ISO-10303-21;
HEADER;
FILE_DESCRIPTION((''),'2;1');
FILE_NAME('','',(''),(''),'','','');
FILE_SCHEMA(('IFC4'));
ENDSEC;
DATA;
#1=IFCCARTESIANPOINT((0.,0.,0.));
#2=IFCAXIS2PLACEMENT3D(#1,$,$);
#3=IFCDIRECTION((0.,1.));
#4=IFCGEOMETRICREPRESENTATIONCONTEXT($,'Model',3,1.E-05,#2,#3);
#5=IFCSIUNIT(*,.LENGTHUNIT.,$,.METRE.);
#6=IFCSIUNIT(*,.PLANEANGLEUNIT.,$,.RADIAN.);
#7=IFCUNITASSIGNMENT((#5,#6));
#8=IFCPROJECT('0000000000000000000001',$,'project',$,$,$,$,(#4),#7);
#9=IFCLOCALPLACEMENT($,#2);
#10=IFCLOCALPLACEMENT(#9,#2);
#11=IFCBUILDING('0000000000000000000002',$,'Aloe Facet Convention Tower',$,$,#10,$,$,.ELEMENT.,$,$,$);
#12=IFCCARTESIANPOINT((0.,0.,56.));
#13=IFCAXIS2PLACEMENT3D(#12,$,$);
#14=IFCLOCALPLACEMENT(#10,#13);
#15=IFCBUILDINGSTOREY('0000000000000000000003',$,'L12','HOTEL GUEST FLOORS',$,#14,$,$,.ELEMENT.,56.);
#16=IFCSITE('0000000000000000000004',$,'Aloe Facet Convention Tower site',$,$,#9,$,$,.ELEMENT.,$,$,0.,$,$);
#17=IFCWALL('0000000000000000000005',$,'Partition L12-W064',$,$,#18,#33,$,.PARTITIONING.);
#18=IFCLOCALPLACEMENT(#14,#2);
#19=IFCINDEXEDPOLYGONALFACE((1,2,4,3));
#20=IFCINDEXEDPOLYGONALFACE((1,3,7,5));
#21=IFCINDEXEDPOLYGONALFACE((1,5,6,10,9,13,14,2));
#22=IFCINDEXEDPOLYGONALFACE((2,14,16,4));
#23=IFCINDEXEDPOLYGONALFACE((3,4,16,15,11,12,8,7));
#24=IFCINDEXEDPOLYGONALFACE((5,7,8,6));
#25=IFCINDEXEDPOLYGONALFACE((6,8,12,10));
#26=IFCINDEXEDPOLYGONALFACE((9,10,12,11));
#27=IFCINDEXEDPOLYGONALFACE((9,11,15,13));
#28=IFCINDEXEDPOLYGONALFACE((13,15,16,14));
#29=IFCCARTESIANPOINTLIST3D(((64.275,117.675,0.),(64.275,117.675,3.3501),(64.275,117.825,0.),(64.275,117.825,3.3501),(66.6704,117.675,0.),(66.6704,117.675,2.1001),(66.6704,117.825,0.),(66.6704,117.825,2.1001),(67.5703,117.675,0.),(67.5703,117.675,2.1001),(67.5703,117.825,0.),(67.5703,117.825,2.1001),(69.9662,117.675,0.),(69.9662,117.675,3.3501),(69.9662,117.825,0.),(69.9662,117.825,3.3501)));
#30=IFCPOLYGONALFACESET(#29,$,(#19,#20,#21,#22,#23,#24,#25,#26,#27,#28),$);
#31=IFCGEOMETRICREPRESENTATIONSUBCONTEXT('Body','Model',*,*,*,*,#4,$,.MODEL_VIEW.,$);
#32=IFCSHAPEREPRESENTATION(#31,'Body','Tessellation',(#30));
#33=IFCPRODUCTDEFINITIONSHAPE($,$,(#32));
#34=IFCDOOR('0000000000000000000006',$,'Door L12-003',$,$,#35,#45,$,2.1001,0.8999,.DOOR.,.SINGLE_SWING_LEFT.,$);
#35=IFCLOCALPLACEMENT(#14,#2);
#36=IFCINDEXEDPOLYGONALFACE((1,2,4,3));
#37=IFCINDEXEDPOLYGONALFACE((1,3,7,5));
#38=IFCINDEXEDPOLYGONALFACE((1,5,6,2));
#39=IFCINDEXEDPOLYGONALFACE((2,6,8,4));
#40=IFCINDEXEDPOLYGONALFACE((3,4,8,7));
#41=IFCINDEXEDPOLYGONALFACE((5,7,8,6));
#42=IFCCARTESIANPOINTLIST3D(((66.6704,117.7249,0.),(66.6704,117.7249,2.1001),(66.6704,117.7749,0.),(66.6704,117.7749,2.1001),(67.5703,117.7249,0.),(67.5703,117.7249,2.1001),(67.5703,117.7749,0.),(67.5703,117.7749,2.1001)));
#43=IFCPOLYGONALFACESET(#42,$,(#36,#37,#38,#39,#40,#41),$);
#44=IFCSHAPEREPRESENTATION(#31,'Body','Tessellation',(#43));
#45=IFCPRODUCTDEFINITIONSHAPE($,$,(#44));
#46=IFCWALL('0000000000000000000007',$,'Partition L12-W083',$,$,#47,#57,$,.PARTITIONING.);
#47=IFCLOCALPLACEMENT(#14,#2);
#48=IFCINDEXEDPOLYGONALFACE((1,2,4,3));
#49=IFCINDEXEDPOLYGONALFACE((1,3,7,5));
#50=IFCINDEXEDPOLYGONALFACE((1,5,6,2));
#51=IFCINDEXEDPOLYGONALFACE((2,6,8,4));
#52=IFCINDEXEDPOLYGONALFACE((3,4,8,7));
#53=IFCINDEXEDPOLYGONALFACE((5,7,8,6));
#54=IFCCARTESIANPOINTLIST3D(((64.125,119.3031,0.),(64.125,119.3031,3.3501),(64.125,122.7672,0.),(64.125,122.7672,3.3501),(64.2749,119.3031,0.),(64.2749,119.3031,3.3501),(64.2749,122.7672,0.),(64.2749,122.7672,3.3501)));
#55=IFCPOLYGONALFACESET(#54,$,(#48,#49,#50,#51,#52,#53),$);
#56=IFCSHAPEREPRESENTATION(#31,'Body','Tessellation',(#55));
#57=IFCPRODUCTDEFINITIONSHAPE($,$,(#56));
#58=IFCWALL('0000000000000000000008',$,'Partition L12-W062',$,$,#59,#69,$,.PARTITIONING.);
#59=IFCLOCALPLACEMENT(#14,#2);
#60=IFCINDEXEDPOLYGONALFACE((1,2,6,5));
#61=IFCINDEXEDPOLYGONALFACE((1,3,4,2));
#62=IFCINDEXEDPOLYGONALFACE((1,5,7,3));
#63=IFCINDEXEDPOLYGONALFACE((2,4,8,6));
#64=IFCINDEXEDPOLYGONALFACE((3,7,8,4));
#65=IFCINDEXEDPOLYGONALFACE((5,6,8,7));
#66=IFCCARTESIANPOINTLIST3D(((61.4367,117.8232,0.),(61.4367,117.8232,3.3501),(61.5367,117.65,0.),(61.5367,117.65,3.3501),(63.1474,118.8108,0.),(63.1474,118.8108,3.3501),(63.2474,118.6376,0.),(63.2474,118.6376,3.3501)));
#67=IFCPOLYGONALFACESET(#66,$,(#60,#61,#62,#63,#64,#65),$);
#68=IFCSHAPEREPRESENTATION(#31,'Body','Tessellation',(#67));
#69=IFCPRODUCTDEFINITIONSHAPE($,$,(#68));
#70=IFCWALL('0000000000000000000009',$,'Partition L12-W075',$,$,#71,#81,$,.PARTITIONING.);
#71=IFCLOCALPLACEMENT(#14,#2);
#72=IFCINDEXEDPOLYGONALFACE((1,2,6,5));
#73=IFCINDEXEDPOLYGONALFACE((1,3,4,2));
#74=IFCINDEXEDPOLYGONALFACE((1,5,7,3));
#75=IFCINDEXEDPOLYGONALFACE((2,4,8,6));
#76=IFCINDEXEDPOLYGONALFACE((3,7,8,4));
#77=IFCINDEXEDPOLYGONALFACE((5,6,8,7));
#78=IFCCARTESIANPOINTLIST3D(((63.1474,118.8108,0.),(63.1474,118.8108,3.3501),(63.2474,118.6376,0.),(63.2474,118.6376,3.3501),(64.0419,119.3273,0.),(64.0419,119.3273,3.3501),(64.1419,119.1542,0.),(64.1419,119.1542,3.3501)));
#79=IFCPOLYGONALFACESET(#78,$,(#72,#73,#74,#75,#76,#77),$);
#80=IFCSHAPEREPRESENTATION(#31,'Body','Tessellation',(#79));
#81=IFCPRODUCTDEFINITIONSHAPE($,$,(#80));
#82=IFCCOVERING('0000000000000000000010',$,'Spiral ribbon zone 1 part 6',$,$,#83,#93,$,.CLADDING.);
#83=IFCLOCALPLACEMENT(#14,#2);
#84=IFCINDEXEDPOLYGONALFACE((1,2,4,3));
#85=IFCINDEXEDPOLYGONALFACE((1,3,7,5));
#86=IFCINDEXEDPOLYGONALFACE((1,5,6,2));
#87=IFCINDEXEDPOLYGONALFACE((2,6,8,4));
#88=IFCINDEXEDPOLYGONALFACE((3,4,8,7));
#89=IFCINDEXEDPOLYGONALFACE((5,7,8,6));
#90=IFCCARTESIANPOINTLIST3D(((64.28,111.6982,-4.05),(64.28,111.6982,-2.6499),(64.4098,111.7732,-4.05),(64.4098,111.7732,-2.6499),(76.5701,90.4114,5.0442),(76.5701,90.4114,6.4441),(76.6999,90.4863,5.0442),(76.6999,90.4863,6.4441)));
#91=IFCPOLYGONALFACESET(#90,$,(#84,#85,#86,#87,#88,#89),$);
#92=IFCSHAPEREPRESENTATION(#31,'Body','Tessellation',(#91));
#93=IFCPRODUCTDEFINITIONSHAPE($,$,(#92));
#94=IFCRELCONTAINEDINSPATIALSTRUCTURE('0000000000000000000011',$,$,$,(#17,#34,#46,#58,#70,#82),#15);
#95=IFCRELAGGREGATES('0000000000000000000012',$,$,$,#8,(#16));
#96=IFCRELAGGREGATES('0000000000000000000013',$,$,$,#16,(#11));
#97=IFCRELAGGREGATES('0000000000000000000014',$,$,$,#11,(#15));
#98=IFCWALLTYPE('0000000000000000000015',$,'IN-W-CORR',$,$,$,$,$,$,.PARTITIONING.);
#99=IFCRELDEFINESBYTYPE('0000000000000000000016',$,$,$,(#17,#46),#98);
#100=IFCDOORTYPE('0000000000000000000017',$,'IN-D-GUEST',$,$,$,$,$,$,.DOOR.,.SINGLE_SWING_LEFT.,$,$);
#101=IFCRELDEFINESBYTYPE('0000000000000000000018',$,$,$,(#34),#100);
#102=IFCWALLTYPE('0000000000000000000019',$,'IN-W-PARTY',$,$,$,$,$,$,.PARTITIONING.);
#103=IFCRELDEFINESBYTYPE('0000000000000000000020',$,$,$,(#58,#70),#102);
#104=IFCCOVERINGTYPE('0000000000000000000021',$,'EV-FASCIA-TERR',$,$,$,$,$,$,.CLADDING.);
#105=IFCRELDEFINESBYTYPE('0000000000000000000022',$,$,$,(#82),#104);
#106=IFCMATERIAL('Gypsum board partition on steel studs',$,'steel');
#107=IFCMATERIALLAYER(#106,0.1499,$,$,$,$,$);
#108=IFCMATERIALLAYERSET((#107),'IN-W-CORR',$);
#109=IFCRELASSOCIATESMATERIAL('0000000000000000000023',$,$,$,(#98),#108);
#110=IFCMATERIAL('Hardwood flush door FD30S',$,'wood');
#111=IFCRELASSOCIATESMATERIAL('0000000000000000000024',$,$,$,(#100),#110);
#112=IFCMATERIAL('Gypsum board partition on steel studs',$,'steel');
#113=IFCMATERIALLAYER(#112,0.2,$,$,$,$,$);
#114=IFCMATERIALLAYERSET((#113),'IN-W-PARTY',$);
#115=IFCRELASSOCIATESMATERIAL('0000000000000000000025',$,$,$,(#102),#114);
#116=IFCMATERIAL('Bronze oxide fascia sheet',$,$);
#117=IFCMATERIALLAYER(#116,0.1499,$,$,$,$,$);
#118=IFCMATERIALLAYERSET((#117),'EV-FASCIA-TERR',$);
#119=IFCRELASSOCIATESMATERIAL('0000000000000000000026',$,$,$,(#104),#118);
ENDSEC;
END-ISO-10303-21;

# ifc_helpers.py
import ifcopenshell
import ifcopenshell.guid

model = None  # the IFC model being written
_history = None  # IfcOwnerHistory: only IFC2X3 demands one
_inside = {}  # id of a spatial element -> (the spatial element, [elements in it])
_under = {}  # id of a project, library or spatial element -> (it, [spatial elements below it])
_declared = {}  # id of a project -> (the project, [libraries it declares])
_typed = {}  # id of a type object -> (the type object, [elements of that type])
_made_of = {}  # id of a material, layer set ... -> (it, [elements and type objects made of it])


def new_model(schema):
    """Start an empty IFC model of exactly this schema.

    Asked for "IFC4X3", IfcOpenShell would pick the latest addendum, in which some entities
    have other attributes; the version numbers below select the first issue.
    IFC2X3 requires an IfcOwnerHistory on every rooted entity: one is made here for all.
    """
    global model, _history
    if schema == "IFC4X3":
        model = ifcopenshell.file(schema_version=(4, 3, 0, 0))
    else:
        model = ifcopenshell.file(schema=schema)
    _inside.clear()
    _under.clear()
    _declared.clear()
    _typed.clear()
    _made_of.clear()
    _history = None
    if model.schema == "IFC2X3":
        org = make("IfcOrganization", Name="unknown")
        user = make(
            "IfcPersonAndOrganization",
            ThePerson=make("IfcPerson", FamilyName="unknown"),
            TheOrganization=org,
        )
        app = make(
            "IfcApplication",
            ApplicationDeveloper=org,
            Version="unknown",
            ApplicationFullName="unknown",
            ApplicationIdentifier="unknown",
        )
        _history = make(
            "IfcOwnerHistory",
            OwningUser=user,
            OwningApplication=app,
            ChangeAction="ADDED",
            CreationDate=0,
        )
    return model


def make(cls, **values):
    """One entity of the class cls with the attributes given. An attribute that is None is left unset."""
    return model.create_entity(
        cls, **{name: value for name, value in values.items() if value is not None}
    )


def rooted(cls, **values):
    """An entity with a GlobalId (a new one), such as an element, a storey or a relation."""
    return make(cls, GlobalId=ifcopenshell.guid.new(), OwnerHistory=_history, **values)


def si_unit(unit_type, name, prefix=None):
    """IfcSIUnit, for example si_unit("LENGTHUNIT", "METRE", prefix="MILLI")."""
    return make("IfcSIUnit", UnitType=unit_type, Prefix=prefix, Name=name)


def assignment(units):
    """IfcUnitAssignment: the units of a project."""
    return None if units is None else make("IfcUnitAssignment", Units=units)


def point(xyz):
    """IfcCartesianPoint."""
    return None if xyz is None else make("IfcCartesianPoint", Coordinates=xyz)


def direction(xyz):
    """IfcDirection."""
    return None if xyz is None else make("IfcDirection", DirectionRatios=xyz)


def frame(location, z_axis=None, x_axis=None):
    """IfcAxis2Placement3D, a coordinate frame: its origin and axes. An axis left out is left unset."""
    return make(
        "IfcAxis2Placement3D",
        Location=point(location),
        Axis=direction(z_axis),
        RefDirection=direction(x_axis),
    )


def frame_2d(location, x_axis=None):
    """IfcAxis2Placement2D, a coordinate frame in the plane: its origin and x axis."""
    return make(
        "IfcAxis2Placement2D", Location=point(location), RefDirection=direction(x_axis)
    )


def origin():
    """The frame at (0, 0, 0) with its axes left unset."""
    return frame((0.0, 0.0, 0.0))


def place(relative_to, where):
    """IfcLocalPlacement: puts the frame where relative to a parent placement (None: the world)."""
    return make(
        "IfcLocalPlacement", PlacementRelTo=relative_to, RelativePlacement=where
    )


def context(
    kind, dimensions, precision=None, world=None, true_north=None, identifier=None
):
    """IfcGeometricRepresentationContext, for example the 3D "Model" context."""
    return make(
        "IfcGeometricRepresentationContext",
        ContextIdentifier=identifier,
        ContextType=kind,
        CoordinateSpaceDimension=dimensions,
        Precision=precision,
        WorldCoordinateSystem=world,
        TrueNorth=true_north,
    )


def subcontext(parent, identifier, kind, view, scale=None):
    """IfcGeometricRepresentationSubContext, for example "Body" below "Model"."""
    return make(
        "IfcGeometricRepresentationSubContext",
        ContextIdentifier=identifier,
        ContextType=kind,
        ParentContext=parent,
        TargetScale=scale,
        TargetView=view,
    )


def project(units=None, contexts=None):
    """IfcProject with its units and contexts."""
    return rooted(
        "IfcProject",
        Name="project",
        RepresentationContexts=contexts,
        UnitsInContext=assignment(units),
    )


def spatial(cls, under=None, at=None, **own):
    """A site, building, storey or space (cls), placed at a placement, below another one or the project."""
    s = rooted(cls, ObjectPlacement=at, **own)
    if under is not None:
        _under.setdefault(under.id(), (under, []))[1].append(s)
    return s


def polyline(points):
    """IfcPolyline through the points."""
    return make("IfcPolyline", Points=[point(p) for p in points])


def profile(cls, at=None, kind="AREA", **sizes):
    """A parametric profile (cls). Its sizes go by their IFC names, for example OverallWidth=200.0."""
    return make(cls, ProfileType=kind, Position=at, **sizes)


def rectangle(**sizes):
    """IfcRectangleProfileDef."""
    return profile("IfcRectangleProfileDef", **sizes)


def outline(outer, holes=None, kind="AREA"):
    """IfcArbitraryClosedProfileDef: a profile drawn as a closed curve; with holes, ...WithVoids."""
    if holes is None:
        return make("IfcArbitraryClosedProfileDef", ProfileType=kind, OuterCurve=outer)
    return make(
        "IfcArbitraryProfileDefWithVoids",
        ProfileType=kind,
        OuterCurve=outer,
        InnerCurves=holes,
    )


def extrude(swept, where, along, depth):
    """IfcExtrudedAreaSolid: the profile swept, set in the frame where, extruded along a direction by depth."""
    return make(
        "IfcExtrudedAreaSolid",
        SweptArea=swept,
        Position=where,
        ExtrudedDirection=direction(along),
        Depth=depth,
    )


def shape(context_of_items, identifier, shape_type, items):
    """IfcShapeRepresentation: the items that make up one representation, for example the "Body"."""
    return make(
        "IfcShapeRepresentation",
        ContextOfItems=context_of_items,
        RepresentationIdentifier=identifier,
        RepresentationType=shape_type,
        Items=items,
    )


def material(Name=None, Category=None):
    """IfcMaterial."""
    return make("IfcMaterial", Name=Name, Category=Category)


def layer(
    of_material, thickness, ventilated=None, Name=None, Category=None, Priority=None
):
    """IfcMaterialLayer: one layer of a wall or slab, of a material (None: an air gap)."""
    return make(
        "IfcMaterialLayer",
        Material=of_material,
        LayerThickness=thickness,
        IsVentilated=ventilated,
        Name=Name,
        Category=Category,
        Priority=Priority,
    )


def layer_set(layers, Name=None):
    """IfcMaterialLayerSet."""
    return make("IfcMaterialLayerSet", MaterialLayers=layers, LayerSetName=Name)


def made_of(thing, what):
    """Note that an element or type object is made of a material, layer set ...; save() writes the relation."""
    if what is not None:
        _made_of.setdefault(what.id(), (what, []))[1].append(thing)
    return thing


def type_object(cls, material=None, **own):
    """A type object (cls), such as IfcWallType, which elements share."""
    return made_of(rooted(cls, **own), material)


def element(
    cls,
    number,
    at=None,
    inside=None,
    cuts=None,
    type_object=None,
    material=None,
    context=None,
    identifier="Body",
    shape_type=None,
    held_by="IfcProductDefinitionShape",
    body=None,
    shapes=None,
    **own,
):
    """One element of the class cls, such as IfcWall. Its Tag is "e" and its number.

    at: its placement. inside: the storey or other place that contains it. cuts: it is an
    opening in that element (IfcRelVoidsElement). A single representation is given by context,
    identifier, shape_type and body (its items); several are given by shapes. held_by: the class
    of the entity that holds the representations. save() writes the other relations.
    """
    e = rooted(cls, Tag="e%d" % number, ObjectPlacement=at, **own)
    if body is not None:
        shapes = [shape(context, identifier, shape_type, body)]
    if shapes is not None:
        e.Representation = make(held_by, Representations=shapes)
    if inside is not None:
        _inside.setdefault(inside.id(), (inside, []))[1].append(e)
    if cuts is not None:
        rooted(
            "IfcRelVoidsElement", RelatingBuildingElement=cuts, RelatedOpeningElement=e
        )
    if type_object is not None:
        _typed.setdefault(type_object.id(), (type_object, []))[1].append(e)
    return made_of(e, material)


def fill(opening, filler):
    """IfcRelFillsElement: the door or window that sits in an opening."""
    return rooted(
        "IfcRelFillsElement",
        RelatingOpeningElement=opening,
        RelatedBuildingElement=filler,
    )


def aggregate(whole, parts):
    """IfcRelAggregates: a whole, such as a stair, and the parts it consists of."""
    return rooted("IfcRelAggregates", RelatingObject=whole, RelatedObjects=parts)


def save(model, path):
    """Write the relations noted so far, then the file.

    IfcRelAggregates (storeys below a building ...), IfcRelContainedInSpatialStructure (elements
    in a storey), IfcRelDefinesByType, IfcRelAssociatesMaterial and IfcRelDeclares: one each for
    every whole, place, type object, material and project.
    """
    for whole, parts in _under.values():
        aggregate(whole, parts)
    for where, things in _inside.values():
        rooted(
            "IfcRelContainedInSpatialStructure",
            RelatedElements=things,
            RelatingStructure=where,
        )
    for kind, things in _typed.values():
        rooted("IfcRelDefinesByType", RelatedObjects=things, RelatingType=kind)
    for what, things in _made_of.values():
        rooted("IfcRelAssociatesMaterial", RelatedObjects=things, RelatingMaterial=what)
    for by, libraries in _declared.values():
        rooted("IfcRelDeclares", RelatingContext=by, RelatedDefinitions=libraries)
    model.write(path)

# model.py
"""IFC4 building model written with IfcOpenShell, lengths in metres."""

from ifc_helpers import new_model, si_unit, direction, frame, frame_2d, origin, place, context, subcontext, project, spatial, polyline, rectangle, outline, extrude, material, layer, layer_set, type_object, element, fill, save


model = new_model("IFC4")

# Units and contexts
model_context = context("Model", 3, precision=1e-05, world=origin(), true_north=direction((0.0, 1.0)))
body_context = subcontext(model_context, "Body", "Model", "MODEL_VIEW")
ifc_project = project(units=[si_unit("LENGTHUNIT", "METRE"), si_unit("PLANEANGLEUNIT", "RADIAN")], contexts=[model_context])

# Site, building, storey
site_placement = place(None, origin())
site = spatial("IfcSite", under=ifc_project, at=site_placement, Name="Aloe Facet Convention Tower site", CompositionType="ELEMENT", RefElevation=0.0)
building_placement = place(site_placement, origin())
building = spatial("IfcBuilding", under=site, at=building_placement, Name="Aloe Facet Convention Tower", CompositionType="ELEMENT")
storey_placement = place(building_placement, frame((0.0, 0.0, 56.0)))
storey = spatial("IfcBuildingStorey", under=building, at=storey_placement, Name="L12", Description="HOTEL GUEST FLOORS", CompositionType="ELEMENT", Elevation=56.0)

# Shared definitions
ifc_material_1 = material(Name="Gypsum board partition on steel studs", Category="steel")
ifc_layer_1 = layer(ifc_material_1, 0.1499)
ifc_layer_set_1 = layer_set([ifc_layer_1], Name="IN-W-CORR")
wall_type_1 = type_object("IfcWallType", Name="IN-W-CORR", PredefinedType="PARTITIONING", material=ifc_layer_set_1)

# Wall, opening, door
wall_1_placement = place(storey_placement, frame((64.2749, 117.75, 0.0), z_axis=(0.0, 0.0, 1.0), x_axis=(1.0, 0.0, 0.0)))
wall_1 = element("IfcWall", 1, at=wall_1_placement, inside=storey, type_object=wall_type_1, Name="Partition L12-W064", PredefinedType="PARTITIONING", context=body_context, shape_type="SweptSolid", body=[
    extrude(rectangle(XDim=5.6912, YDim=0.1499, at=frame_2d((2.8457, 0.0))), origin(), (0.0, 0.0, 1.0), 3.3501),
])
opening_1_placement = place(wall_1_placement, frame((2.3955, 0.0, 0.0)))
opening_1 = element("IfcOpeningElement", 2, at=opening_1_placement, cuts=wall_1, PredefinedType="OPENING", context=body_context, shape_type="SweptSolid", body=[
    extrude(rectangle(XDim=0.8999, YDim=2.1001, at=frame_2d((0.45, 1.05))), frame((0.0, 0.085, 0.0), z_axis=(0.0, -1.0, 0.0), x_axis=(1.0, 0.0, 0.0)), (0.0, 0.0, 1.0), 0.1699),
])
ifc_material_2 = material(Name="Hardwood flush door FD30S", Category="wood")
door_type = type_object("IfcDoorType", Name="IN-D-GUEST", OperationType="SINGLE_SWING_LEFT", PredefinedType="DOOR", material=ifc_material_2)
door_placement = place(opening_1_placement, origin())
door = element("IfcDoor", 3, at=door_placement, inside=storey, type_object=door_type, Name="Door L12-003", OperationType="SINGLE_SWING_LEFT", OverallHeight=2.1001, OverallWidth=0.8999, PredefinedType="DOOR", context=body_context, shape_type="SweptSolid", body=[
    extrude(rectangle(XDim=0.8999, YDim=2.1001, at=frame_2d((0.45, 1.05))), frame((0.0, 0.0249, 0.0), z_axis=(0.0, -1.0, 0.0), x_axis=(1.0, 0.0, 0.0)), (0.0, 0.0, 1.0), 0.05),
])
fill(opening_1, door)

# Walls
wall_2_placement = place(storey_placement, frame((64.2, 119.3032, 0.0), z_axis=(0.0, 0.0, 1.0), x_axis=(0.0, 1.0, 0.0)))
element("IfcWall", 4, at=wall_2_placement, inside=storey, type_object=wall_type_1, Name="Partition L12-W083", PredefinedType="PARTITIONING", context=body_context, shape_type="SweptSolid", body=[
    extrude(rectangle(XDim=3.4641, YDim=0.1499, at=frame_2d((1.7319, 0.0))), origin(), (0.0, 0.0, 1.0), 3.3501),
])
ifc_material_3 = material(Name="Gypsum board partition on steel studs", Category="steel")
ifc_layer_2 = layer(ifc_material_3, 0.2)
ifc_layer_set_2 = layer_set([ifc_layer_2], Name="IN-W-PARTY")
wall_type_2 = type_object("IfcWallType", Name="IN-W-PARTY", PredefinedType="PARTITIONING", material=ifc_layer_set_2)
wall_3_placement = place(storey_placement, frame((61.4866, 117.7366, 0.0), z_axis=(0.0, 0.0, 1.0), x_axis=(0.866052, 0.499954, 0.0)))
element("IfcWall", 5, at=wall_3_placement, inside=storey, type_object=wall_type_2, Name="Partition L12-W062", PredefinedType="PARTITIONING", context=body_context, shape_type="SweptSolid", body=[
    extrude(rectangle(XDim=1.9753, YDim=0.2, at=frame_2d((0.9878, 0.0))), origin(), (0.0, 0.0, 1.0), 3.3501),
])
wall_4_placement = place(storey_placement, frame((63.1973, 118.7241, 0.0), z_axis=(0.0, 0.0, 1.0), x_axis=(0.865965, 0.500104, 0.0)))
element("IfcWall", 6, at=wall_4_placement, inside=storey, type_object=wall_type_2, Name="Partition L12-W075", PredefinedType="PARTITIONING", context=body_context, shape_type="SweptSolid", body=[
    extrude(rectangle(XDim=1.033, YDim=0.2, at=frame_2d((0.5166, 0.0))), origin(), (0.0, 0.0, 1.0), 3.3501),
])

# Covering
ifc_material_4 = material(Name="Bronze oxide fascia sheet")
ifc_layer_3 = layer(ifc_material_4, 0.1499)
ifc_layer_set_3 = layer_set([ifc_layer_3], Name="EV-FASCIA-TERR")
covering_type = type_object("IfcCoveringType", Name="EV-FASCIA-TERR", PredefinedType="CLADDING", material=ifc_layer_set_3)
covering_placement = place(storey_placement, frame((64.28, 111.6982, -4.05), z_axis=(-0.866024, -0.500002, 0.0), x_axis=(0.468935, -0.812215, 0.346997)))
element("IfcCovering", 7, at=covering_placement, inside=storey, type_object=covering_type, Name="Spiral ribbon zone 1 part 6", PredefinedType="CLADDING", context=body_context, shape_type="SweptSolid", body=[
    extrude(outline(polyline([(0.0, 0.0), (26.2084, 0.0), (26.6942, 1.3129), (0.4858, 1.3132), (0.0, 0.0)])), origin(), (0.0, 0.0, -1.0), 0.1499),
])

save(model, "model.ifc")
